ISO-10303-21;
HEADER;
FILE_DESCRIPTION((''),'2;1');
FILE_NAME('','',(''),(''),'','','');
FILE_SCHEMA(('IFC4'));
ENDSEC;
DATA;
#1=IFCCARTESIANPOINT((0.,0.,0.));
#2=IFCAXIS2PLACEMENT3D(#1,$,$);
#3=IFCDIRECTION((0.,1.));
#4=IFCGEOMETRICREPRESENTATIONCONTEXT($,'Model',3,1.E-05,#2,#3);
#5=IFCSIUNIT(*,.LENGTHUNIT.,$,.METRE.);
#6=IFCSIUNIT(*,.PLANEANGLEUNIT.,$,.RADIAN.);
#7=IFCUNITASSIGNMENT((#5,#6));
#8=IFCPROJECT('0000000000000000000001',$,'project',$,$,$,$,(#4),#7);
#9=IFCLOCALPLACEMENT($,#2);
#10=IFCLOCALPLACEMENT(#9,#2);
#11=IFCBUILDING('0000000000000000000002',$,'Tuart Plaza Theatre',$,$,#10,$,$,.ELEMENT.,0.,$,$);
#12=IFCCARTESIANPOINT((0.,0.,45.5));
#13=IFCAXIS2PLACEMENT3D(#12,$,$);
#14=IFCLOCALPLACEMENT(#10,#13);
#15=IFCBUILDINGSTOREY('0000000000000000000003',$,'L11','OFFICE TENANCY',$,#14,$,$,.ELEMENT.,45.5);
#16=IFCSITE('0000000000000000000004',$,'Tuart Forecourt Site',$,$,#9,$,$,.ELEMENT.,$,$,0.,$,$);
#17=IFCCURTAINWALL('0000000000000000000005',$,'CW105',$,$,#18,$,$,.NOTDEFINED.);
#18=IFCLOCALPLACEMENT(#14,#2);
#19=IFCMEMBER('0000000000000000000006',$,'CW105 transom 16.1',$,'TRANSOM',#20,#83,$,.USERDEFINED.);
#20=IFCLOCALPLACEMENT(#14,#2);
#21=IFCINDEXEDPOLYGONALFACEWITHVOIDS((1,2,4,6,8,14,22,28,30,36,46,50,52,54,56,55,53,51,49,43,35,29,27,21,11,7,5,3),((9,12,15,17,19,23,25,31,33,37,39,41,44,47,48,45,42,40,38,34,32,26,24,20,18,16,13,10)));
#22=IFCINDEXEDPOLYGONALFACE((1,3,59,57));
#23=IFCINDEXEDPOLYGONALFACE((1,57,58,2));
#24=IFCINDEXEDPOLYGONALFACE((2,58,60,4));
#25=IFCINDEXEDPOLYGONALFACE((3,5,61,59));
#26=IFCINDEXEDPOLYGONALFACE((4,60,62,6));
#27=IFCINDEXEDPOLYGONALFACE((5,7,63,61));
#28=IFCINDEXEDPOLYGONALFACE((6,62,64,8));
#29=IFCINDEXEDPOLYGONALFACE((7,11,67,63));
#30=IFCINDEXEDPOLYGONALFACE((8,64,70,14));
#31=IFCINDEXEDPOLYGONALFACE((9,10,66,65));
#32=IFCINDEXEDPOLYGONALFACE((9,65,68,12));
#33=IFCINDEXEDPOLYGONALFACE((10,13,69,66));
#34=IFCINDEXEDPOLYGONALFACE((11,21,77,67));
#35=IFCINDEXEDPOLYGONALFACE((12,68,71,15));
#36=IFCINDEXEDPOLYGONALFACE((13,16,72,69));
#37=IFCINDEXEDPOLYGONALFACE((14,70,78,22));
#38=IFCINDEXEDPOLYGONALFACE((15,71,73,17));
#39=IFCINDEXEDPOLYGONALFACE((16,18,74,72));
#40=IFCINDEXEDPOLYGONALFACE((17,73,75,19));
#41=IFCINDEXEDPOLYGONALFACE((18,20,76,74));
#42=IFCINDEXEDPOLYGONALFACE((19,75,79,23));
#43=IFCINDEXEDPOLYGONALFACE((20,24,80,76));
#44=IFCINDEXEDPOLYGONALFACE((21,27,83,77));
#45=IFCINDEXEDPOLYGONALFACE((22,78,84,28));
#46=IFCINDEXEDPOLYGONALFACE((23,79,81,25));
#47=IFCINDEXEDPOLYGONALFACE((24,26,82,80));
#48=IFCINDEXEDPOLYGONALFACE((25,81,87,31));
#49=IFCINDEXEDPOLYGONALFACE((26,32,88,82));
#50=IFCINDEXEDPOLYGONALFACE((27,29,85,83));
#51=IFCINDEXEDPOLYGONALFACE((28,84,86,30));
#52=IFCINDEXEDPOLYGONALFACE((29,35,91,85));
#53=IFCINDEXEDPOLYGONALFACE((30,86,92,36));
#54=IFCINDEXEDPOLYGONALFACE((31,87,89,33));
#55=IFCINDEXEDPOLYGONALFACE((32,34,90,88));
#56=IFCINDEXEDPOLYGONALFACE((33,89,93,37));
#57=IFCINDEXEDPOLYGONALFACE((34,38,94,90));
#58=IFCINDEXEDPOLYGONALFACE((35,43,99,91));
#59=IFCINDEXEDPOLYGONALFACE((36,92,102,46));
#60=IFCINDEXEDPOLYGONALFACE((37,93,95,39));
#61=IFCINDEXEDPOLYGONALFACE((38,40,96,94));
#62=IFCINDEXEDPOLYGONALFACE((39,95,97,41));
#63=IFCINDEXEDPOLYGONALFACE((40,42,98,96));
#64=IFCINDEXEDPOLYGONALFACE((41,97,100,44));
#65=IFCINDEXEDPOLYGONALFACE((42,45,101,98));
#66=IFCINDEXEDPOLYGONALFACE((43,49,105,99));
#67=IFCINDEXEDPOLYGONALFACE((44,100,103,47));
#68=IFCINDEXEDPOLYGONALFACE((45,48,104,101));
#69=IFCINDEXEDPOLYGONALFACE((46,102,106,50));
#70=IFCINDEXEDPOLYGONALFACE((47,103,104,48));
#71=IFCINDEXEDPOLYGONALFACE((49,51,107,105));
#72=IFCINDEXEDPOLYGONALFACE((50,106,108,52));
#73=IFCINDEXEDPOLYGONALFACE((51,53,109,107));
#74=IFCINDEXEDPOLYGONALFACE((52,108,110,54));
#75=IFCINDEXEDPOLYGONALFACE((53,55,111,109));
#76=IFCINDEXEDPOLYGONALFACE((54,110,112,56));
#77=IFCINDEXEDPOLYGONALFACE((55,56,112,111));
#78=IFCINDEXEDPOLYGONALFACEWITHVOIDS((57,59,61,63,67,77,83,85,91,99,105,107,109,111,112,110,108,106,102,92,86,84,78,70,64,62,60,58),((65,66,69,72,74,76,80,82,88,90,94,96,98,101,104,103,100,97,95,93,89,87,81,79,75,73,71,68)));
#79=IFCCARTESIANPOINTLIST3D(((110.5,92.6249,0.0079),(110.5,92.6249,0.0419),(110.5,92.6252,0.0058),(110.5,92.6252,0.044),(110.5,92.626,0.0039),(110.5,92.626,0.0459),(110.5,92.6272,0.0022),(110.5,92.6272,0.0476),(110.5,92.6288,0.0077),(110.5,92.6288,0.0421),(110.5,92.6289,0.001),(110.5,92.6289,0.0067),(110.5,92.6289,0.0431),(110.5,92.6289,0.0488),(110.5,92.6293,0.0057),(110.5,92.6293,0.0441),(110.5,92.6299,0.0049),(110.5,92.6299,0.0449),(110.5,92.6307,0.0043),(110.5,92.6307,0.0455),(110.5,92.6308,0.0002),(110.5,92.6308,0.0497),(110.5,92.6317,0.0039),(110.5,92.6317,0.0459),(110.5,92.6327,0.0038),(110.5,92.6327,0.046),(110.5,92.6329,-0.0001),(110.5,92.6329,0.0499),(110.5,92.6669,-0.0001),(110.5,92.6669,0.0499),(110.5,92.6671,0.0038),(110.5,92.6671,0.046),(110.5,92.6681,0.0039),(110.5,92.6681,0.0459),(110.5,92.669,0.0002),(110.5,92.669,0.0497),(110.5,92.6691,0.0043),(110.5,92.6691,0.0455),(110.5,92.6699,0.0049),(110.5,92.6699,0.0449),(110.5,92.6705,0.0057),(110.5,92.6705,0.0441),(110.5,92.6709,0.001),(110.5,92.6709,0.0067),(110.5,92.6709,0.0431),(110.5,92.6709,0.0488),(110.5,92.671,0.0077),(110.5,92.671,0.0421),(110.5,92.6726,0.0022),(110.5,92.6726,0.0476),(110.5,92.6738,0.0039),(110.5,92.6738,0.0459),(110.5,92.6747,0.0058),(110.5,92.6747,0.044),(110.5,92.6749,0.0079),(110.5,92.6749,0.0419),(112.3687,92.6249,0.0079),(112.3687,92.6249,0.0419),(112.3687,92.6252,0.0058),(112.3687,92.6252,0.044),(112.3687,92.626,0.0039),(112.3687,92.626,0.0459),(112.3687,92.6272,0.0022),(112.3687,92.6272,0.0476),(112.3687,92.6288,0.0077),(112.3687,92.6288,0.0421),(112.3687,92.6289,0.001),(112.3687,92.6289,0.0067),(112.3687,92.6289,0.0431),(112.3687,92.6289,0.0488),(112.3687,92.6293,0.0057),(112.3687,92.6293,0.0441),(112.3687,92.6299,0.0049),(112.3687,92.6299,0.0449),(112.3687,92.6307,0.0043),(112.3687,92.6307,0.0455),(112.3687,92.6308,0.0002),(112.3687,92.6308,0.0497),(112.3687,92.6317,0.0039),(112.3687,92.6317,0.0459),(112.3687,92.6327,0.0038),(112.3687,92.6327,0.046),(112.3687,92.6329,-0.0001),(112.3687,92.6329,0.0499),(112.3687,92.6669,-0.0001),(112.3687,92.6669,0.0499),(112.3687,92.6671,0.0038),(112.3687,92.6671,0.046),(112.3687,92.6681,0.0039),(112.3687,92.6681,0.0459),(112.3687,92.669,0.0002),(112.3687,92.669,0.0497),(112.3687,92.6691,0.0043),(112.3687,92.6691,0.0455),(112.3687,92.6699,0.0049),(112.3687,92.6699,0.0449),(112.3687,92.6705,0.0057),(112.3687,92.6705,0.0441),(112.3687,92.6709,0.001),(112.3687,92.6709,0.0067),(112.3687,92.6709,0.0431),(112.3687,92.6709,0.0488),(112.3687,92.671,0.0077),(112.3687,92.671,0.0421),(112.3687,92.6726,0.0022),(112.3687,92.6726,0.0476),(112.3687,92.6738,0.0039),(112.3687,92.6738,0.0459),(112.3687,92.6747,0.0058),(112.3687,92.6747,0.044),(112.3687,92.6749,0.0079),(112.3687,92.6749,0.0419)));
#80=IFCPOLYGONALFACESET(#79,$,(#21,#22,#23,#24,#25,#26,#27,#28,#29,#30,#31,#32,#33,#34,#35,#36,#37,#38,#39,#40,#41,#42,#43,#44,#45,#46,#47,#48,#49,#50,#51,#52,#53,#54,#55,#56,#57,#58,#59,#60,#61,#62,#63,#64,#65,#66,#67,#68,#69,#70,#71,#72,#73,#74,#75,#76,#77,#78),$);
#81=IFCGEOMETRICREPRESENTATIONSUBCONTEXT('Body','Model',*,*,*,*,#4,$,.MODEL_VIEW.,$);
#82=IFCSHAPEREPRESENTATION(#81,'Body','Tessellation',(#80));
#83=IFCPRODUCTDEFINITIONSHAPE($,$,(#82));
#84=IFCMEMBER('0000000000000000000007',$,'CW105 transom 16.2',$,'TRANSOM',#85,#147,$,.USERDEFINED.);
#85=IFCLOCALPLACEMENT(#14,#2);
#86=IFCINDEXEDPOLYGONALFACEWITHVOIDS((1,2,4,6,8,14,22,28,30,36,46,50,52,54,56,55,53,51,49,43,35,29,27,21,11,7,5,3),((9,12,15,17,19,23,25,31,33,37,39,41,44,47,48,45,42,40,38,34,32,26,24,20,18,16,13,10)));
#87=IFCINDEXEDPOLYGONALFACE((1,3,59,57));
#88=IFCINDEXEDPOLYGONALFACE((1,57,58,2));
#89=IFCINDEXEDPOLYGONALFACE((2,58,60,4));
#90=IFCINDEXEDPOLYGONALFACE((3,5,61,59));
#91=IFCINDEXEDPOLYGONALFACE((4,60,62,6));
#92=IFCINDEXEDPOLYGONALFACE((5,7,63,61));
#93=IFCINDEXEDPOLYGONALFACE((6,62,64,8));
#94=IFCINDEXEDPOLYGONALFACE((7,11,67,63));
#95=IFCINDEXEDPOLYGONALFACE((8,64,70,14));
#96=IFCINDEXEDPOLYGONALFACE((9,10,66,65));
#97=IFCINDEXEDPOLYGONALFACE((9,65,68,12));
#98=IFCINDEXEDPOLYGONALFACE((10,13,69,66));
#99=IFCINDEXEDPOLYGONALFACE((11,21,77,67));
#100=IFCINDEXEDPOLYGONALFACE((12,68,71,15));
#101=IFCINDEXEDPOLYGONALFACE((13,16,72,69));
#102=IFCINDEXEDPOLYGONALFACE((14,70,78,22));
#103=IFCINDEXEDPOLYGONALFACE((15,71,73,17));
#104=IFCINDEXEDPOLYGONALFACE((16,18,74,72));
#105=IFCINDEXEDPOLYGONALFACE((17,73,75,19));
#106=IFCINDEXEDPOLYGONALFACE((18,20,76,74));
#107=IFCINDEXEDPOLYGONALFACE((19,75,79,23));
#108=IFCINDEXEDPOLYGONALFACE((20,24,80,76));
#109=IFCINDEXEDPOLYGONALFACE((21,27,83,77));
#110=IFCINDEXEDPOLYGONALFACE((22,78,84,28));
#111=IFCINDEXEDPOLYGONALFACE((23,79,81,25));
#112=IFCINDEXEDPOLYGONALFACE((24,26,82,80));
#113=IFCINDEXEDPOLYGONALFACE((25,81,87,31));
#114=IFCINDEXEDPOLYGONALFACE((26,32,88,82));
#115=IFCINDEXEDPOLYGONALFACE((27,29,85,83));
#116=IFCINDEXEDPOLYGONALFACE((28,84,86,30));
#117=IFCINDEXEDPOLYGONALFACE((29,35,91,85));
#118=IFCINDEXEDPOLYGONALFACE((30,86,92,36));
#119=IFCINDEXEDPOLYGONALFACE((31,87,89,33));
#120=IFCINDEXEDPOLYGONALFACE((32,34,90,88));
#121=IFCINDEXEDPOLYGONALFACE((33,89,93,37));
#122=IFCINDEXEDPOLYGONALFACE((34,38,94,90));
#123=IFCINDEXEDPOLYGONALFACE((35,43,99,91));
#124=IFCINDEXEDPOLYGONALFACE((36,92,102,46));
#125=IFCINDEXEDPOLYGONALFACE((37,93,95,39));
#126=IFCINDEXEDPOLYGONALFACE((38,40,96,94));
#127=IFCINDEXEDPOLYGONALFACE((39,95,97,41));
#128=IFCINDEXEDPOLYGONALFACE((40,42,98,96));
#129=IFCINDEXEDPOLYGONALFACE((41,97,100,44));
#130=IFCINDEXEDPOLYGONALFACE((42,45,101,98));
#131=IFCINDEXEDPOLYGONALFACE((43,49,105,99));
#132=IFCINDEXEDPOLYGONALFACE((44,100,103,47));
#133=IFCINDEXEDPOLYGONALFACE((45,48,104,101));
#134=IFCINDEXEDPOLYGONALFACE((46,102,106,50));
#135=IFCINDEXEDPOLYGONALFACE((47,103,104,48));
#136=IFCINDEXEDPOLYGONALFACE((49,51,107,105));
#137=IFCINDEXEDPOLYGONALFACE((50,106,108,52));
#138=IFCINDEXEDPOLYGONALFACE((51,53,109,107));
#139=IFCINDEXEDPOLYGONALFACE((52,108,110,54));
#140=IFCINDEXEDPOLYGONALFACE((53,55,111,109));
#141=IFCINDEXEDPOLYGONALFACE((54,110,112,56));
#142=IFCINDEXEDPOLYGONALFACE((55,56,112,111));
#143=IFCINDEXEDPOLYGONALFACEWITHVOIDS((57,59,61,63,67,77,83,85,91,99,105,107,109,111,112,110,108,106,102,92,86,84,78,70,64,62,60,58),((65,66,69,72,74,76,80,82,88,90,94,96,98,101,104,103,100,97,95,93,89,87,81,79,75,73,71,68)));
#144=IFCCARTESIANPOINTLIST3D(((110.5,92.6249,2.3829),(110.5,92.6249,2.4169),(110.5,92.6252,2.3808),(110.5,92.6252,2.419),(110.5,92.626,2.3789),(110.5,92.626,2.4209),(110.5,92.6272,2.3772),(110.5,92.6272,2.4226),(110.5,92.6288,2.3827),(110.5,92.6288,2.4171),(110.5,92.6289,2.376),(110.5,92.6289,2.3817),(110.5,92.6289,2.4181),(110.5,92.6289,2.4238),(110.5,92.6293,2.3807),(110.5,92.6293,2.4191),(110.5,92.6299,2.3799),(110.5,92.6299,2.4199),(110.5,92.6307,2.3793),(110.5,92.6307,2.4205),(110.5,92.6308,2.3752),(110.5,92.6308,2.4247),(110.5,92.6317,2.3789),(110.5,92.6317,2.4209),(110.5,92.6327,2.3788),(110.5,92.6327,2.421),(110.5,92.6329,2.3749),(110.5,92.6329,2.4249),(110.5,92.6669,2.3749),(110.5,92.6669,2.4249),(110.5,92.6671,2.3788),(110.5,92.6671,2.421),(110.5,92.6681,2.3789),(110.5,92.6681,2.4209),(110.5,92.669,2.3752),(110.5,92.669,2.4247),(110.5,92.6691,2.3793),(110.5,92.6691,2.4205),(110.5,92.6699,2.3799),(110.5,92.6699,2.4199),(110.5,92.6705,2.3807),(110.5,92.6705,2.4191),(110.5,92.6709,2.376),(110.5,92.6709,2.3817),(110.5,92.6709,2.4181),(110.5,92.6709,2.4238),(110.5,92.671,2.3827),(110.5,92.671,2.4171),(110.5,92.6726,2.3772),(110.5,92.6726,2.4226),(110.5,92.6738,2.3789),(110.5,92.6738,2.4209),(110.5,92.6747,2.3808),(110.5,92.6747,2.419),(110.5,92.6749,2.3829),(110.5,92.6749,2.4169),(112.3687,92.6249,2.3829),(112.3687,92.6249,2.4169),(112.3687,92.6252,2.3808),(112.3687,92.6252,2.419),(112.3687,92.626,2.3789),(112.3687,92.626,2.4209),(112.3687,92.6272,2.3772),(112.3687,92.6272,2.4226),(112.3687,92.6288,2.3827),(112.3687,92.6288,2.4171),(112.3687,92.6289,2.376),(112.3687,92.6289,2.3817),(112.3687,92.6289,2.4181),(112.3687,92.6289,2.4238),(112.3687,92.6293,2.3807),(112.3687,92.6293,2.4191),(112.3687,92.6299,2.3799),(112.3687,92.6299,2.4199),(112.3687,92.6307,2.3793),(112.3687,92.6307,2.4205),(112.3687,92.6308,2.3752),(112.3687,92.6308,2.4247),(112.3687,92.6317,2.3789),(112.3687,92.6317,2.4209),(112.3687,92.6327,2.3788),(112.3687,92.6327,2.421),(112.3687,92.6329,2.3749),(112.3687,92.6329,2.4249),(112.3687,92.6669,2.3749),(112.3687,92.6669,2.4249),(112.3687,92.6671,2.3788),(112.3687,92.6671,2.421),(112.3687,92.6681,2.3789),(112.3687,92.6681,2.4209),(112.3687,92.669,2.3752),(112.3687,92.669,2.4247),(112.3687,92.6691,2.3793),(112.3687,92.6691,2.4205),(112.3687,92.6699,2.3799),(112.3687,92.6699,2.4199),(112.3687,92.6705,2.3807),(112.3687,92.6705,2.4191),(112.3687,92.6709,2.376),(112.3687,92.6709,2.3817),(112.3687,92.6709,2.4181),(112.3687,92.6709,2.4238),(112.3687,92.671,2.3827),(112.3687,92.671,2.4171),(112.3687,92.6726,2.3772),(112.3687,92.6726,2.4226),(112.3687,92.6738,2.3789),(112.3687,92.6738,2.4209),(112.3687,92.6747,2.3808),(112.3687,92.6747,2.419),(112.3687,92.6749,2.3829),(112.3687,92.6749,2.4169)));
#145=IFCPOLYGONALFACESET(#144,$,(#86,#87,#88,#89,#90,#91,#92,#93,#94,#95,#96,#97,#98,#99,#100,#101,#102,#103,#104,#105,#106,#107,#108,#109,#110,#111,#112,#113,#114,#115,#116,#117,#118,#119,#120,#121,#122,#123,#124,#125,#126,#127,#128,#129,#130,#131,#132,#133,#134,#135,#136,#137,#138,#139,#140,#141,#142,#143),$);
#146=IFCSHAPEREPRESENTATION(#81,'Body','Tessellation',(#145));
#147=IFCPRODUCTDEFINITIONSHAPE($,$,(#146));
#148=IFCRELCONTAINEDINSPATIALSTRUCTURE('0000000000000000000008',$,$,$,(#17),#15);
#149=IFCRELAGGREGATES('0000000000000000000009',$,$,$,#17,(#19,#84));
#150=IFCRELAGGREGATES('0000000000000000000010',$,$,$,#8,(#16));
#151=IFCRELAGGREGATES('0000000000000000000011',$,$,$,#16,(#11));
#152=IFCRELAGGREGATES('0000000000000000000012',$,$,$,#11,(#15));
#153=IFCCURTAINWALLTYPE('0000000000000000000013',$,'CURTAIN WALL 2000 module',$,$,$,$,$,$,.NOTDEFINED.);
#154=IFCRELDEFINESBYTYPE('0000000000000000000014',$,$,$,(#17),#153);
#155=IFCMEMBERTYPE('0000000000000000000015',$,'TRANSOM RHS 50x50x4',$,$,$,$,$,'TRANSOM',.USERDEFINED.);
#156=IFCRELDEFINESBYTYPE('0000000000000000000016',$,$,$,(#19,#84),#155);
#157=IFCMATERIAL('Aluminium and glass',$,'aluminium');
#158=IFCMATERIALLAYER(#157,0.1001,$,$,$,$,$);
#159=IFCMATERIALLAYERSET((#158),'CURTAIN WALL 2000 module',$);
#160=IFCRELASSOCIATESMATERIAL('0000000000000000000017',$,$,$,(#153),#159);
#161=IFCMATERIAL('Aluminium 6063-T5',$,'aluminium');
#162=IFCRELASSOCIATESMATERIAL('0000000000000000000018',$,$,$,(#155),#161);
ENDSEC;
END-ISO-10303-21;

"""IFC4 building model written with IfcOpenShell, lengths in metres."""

from ifc_helpers import new_model, si_unit, direction, frame, origin, origin_2d, place, context, subcontext, project, spatial, hollow_rectangle, extrude, material, layer, layer_set, material_profile, profile_set, type_object, element, aggregate, save


model = new_model("IFC4")

# Units and contexts
model_context = context("Model", 3, precision=1e-05, world=origin(), true_north=direction((0.0, 1.0)))
body_context = subcontext(model_context, "Body", "Model", "MODEL_VIEW")
ifc_project = project(units=[si_unit("LENGTHUNIT", "METRE"), si_unit("PLANEANGLEUNIT", "RADIAN")], contexts=[model_context])

# Site, building, storey
site_placement = place(None, origin())
site = spatial("IfcSite", under=ifc_project, at=site_placement, Name="Tuart Forecourt Site", CompositionType="ELEMENT", RefElevation=0.0)
building_placement = place(site_placement, origin())
building = spatial("IfcBuilding", under=site, at=building_placement, Name="Tuart Plaza Theatre", CompositionType="ELEMENT", ElevationOfRefHeight=0.0)
storey_placement = place(building_placement, frame((0.0, 0.0, 45.5)))
storey = spatial("IfcBuildingStorey", under=building, at=storey_placement, Name="L11", Description="OFFICE TENANCY", CompositionType="ELEMENT", Elevation=45.5)

# Curtain wall, members
ifc_material_1 = material(Name="Aluminium and glass", Category="aluminium")
ifc_layer_1 = layer(ifc_material_1, 0.1001)
ifc_layer_set_1 = layer_set([ifc_layer_1], Name="CURTAIN WALL 2000 module")
curtain_wall_type = type_object("IfcCurtainWallType", Name="CURTAIN WALL 2000 module", PredefinedType="NOTDEFINED", material=ifc_layer_set_1)
curtain_wall_placement = place(storey_placement, origin())
curtain_wall = element("IfcCurtainWall", 1, at=curtain_wall_placement, inside=storey, type_object=curtain_wall_type, Name="CW105", PredefinedType="NOTDEFINED")
ifc_material_2 = material(Name="Aluminium 6063-T5", Category="aluminium")
ifc_material_profile_1 = material_profile(ifc_material_2, hollow_rectangle(XDim=0.05, YDim=0.05, WallThickness=0.0039, InnerFilletRadius=0.0039, OuterFilletRadius=0.0081, at=origin_2d()), Name="RHS 50x50x4")
ifc_profile_set_1 = profile_set([ifc_material_profile_1], Name="Aluminium 6063-T5")
member_type_1 = type_object("IfcMemberType", Name="TRANSOM RHS 50x50x4", ElementType="TRANSOM", PredefinedType="USERDEFINED", material=ifc_profile_set_1)
member_1_placement = place(storey_placement, frame((112.3687, 92.6499, 0.0249), z_axis=(-1.0, 0.0, 0.0), x_axis=(0.0, -1.0, 0.0)))
member_1 = element("IfcMember", 2, at=member_1_placement, type_object=member_type_1, Name="CW105 transom 16.1", ObjectType="TRANSOM", PredefinedType="USERDEFINED", context=body_context, shape_type="SweptSolid", body=[
    extrude(hollow_rectangle(XDim=0.05, YDim=0.05, WallThickness=0.0039, InnerFilletRadius=0.0039, OuterFilletRadius=0.0081, at=origin_2d()), origin(), (0.0, 0.0, 1.0), 1.8687),
])
member_2_placement = place(storey_placement, frame((112.3687, 92.6499, 2.3999), z_axis=(-1.0, 0.0, 0.0), x_axis=(0.0, -1.0, 0.0)))
member_2 = element("IfcMember", 3, at=member_2_placement, type_object=member_type_1, Name="CW105 transom 16.2", ObjectType="TRANSOM", PredefinedType="USERDEFINED", context=body_context, shape_type="SweptSolid", body=[
    extrude(hollow_rectangle(XDim=0.05, YDim=0.05, WallThickness=0.0039, InnerFilletRadius=0.0039, OuterFilletRadius=0.0081, at=origin_2d()), origin(), (0.0, 0.0, 1.0), 1.8687),
])
aggregate(curtain_wall, [member_1, member_2])

save(model, "model.ifc")
